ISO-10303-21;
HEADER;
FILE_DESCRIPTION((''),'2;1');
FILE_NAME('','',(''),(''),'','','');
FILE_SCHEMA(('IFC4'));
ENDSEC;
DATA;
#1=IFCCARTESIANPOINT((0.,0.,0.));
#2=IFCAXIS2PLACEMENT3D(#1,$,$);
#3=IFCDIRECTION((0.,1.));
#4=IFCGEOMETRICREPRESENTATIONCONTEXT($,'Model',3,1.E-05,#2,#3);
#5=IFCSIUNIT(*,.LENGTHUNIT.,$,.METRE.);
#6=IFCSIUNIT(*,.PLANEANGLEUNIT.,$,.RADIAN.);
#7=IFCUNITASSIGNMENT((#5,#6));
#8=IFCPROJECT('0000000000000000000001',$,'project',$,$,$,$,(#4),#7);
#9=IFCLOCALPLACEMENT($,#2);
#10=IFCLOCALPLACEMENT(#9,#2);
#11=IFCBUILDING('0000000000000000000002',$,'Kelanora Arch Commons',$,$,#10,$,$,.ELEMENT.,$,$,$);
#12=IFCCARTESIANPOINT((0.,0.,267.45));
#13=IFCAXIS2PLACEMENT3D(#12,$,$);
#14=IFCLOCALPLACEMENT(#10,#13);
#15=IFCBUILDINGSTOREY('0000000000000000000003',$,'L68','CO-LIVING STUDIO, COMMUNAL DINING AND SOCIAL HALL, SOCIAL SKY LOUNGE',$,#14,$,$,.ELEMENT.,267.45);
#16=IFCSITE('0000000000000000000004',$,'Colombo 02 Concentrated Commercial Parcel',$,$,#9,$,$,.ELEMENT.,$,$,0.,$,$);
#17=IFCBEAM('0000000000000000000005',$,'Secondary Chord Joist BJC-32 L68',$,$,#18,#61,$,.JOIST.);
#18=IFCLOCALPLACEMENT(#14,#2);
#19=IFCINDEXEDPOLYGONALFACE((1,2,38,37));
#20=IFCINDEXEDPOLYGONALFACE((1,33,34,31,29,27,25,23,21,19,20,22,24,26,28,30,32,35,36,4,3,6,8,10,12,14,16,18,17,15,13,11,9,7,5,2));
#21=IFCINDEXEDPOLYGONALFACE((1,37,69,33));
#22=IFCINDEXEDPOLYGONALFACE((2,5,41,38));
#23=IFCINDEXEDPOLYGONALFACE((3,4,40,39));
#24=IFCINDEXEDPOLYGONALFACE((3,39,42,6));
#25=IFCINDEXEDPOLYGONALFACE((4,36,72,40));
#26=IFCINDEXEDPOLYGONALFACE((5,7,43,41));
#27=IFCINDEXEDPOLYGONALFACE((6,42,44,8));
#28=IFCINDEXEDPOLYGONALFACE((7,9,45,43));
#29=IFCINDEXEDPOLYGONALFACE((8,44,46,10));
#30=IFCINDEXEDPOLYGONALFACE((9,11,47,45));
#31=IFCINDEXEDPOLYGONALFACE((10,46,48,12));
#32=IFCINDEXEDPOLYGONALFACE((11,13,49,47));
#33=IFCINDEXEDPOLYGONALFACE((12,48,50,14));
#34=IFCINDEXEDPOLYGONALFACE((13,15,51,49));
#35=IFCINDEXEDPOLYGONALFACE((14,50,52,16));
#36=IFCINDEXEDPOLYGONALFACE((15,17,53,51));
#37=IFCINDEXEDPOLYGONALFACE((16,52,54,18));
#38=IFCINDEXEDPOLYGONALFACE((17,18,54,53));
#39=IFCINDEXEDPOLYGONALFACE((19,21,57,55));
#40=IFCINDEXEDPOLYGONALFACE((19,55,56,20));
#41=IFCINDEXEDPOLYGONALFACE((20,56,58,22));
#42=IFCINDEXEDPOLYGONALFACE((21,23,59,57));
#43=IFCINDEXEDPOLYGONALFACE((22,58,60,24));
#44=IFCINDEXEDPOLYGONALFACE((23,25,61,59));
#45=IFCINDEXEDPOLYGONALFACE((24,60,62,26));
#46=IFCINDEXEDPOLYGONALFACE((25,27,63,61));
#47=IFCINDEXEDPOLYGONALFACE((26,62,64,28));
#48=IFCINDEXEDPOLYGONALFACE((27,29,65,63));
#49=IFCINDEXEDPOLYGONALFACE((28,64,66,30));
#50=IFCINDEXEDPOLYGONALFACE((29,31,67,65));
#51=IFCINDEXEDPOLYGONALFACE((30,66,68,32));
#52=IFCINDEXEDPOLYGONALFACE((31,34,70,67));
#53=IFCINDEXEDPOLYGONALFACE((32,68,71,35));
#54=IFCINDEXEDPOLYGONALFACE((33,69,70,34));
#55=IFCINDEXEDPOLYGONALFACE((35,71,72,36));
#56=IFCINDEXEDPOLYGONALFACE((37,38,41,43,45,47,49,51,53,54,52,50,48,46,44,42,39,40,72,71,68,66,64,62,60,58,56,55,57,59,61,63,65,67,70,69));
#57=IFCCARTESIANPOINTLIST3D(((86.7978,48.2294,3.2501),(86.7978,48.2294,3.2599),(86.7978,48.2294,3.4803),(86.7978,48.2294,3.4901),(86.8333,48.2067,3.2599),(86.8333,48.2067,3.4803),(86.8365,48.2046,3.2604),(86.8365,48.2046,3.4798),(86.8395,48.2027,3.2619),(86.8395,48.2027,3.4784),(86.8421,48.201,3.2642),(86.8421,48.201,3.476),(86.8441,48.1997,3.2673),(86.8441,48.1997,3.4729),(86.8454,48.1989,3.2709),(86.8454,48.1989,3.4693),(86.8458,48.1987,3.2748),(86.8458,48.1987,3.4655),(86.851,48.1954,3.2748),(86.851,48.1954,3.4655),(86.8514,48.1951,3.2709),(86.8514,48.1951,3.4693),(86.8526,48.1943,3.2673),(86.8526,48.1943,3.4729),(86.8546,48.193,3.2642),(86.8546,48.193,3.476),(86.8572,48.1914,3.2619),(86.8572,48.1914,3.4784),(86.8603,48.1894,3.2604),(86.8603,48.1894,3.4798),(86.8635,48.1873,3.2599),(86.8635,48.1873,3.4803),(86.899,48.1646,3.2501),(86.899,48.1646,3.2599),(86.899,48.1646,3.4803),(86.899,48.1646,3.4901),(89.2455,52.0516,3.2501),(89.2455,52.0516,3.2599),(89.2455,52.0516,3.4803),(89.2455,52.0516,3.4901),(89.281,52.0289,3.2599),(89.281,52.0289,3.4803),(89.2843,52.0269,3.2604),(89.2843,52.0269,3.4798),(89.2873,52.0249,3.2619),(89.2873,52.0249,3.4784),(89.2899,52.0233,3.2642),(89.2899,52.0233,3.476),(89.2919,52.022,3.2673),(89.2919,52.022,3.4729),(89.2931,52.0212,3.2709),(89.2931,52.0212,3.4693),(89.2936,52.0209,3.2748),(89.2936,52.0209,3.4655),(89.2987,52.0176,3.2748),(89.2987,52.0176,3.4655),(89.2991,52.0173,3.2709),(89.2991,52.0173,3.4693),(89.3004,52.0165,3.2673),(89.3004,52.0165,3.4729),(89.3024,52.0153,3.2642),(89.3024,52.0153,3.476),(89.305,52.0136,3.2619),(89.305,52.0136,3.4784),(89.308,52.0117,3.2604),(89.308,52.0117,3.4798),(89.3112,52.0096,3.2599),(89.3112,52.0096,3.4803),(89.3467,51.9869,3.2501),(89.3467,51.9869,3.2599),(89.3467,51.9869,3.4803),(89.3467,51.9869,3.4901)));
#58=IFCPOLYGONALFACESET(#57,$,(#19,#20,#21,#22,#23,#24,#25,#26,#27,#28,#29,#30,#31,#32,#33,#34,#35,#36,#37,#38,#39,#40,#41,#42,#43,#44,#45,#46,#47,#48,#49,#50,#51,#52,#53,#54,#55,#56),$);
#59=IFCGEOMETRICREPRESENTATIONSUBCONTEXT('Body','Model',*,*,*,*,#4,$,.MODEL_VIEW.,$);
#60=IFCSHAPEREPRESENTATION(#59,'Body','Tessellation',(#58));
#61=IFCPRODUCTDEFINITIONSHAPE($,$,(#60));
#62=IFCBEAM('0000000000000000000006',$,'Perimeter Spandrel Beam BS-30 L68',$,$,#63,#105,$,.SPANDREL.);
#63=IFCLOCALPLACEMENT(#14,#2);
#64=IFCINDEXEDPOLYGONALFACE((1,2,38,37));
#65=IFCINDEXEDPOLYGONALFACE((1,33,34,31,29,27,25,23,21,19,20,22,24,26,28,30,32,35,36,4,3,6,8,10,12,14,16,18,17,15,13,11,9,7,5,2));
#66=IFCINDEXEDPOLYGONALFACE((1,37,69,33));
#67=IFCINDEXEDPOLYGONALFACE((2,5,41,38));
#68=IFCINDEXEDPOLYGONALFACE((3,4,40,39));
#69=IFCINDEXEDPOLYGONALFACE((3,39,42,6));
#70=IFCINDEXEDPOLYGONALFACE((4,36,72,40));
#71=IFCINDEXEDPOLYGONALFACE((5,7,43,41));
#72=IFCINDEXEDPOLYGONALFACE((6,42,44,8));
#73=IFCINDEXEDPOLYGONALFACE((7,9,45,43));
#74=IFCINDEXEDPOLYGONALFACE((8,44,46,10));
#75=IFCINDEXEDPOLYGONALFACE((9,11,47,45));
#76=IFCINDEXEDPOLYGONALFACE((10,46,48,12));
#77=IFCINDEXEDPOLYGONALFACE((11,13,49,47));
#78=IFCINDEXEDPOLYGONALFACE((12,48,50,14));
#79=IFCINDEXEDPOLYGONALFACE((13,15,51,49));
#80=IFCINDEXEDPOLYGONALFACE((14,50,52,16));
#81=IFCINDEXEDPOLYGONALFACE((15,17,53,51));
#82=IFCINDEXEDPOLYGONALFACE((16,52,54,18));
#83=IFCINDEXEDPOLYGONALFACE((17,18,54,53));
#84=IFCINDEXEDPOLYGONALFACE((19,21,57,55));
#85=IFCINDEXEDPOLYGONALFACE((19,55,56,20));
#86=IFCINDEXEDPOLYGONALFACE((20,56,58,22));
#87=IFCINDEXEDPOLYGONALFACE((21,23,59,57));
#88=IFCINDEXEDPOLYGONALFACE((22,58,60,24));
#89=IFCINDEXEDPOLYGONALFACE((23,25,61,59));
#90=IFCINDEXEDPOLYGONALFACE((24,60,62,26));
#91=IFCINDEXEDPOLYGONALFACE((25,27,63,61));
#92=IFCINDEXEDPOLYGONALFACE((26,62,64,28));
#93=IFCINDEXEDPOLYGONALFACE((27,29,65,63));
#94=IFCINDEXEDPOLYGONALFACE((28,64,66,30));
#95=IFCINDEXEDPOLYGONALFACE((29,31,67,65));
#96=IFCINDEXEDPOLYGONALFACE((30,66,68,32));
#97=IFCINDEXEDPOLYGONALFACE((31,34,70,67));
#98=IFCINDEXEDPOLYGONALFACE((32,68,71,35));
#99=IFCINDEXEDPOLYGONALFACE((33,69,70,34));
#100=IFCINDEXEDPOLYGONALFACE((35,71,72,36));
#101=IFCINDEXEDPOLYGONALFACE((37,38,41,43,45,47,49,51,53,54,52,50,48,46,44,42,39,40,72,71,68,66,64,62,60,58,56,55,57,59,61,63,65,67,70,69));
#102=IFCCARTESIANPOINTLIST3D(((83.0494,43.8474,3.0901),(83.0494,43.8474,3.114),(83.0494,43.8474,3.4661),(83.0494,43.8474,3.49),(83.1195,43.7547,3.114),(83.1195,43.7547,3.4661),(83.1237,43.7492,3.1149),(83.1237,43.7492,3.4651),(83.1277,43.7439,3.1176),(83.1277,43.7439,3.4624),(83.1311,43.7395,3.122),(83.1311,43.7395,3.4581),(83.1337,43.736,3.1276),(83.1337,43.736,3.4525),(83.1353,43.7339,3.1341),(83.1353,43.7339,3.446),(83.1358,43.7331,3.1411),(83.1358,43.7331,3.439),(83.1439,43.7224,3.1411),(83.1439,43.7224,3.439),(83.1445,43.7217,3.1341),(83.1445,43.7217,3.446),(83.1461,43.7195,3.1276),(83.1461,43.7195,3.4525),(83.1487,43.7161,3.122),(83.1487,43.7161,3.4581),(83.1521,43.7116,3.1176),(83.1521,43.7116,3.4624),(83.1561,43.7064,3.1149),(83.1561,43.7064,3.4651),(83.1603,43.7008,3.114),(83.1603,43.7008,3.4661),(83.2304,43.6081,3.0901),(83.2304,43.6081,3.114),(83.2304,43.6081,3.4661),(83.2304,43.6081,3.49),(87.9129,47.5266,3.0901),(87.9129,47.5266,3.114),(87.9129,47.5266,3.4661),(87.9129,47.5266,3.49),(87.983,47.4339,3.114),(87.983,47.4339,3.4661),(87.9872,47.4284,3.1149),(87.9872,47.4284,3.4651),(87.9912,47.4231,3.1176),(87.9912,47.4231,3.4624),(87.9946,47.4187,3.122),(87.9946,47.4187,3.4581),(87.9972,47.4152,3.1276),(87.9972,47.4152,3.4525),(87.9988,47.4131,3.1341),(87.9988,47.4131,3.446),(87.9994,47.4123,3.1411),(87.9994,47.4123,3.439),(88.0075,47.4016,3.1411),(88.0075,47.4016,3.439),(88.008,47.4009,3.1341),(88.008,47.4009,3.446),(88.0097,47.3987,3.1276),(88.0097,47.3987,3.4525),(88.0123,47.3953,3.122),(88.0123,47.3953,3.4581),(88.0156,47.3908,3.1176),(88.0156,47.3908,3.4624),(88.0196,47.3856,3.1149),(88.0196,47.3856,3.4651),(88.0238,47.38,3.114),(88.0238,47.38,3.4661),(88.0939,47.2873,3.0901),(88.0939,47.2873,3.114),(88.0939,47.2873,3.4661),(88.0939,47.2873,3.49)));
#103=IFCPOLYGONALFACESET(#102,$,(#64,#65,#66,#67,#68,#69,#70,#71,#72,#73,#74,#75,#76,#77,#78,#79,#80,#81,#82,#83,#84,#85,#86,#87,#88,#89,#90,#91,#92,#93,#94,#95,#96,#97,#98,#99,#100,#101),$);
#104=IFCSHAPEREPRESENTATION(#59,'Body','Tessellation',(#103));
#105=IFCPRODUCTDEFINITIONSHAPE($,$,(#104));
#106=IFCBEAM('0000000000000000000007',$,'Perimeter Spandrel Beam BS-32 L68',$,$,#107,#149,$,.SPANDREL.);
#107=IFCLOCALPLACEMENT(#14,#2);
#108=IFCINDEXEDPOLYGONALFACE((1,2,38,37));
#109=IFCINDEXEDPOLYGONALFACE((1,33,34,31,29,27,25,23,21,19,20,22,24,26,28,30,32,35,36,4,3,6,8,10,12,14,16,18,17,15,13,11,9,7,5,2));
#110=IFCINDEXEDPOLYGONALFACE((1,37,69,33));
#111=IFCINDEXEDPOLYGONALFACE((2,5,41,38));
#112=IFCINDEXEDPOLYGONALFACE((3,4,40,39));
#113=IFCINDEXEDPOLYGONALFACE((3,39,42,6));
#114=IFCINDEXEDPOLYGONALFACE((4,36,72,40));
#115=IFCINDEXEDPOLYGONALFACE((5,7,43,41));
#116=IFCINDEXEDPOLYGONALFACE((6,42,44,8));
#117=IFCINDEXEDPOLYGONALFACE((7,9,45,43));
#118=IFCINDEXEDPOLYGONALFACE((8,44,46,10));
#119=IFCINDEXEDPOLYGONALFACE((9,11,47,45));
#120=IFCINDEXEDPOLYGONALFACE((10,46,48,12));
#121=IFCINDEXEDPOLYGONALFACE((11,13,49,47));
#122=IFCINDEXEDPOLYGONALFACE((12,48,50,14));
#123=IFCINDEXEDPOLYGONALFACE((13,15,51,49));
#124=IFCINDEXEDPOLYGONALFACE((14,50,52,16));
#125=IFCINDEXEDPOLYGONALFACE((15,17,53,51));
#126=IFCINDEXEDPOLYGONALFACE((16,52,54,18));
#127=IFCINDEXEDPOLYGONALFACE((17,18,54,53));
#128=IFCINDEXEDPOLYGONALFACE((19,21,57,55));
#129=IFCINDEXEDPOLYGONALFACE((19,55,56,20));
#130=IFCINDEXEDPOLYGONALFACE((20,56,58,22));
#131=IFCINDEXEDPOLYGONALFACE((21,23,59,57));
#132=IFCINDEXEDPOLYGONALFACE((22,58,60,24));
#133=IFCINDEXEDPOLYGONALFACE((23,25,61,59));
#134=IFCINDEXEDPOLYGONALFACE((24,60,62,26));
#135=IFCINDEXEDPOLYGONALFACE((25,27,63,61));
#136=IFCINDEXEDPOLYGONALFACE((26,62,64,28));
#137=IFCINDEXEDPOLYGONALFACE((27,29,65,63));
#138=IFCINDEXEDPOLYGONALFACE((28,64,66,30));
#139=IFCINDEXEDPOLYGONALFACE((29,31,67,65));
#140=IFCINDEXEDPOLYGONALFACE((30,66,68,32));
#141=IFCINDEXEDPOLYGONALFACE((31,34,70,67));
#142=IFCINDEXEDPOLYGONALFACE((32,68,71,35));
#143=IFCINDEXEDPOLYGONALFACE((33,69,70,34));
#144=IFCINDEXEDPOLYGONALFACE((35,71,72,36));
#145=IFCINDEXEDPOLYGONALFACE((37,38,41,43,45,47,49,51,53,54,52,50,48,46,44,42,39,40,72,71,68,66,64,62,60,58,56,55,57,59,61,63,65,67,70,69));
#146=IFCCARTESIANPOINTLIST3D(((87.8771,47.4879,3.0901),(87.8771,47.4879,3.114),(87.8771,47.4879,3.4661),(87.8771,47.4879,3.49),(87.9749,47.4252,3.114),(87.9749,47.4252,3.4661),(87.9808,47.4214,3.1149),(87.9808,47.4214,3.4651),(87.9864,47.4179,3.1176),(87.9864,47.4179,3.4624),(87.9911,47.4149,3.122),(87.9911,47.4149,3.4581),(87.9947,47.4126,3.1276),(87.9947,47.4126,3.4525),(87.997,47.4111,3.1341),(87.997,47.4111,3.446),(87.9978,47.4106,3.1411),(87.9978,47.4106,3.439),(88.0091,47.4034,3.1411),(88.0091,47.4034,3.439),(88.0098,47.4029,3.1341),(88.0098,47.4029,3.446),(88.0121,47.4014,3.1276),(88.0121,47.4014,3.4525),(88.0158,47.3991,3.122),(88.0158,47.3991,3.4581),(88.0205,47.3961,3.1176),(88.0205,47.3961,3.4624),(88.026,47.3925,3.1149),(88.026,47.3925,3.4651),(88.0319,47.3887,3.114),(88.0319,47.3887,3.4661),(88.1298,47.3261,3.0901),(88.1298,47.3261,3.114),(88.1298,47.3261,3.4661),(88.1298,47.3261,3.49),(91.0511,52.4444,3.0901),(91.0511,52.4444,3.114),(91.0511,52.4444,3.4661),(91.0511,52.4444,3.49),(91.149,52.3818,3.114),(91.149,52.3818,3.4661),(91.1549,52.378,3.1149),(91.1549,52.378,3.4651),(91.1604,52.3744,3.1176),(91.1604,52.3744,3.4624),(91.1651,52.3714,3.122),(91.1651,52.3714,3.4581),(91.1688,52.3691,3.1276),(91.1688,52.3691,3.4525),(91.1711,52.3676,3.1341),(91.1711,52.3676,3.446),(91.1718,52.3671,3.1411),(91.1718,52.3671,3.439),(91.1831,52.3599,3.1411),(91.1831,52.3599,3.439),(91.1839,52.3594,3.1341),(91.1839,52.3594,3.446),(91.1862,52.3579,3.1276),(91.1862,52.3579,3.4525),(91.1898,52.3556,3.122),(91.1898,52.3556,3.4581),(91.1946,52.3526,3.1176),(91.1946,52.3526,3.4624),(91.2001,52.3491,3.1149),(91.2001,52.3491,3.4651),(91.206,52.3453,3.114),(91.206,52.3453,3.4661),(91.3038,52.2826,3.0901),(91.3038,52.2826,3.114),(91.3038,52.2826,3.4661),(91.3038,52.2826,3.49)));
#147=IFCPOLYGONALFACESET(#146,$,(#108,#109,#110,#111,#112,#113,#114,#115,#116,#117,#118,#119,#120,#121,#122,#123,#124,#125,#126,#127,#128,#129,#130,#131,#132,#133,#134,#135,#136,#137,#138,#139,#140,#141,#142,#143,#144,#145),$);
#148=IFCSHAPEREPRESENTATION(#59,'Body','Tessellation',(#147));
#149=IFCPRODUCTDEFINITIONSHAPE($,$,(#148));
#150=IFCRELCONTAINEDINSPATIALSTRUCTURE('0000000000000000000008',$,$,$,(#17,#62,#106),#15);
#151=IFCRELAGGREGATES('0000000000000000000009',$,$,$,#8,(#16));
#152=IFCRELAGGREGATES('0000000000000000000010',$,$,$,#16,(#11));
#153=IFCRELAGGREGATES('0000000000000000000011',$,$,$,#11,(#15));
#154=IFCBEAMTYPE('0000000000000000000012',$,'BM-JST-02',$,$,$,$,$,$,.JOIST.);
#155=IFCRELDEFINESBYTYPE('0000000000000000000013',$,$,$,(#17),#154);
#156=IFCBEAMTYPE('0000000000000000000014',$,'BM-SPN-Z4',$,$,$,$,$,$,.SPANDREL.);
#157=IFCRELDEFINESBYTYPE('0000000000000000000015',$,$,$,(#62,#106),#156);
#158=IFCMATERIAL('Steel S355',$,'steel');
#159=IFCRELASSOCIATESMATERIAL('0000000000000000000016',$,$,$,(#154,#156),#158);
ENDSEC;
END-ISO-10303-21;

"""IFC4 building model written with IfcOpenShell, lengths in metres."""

from ifc_helpers import new_model, si_unit, direction, frame, origin, origin_2d, place, context, subcontext, project, spatial, i_section, extrude, material, material_profile, profile_set, type_object, element, save


model = new_model("IFC4")

# Units and contexts
model_context = context("Model", 3, precision=1e-05, world=origin(), true_north=direction((0.0, 1.0)))
body_context = subcontext(model_context, "Body", "Model", "MODEL_VIEW")
ifc_project = project(units=[si_unit("LENGTHUNIT", "METRE"), si_unit("PLANEANGLEUNIT", "RADIAN")], contexts=[model_context])

# Site, building, storey
site_placement = place(None, origin())
site = spatial("IfcSite", under=ifc_project, at=site_placement, Name="Colombo 02 Concentrated Commercial Parcel", CompositionType="ELEMENT", RefElevation=0.0)
building_placement = place(site_placement, origin())
building = spatial("IfcBuilding", under=site, at=building_placement, Name="Kelanora Arch Commons", CompositionType="ELEMENT")
storey_placement = place(building_placement, frame((0.0, 0.0, 267.45)))
storey = spatial("IfcBuildingStorey", under=building, at=storey_placement, Name="L68", Description="CO-LIVING STUDIO, COMMUNAL DINING AND SOCIAL HALL, SOCIAL SKY LOUNGE", CompositionType="ELEMENT", Elevation=267.45)

# Beams
ifc_material_1 = material(Name="Steel S355", Category="steel")
ifc_material_profile_1 = material_profile(ifc_material_1, i_section(OverallWidth=0.1201, OverallDepth=0.24, WebThickness=0.0061, FlangeThickness=0.0098, FilletRadius=0.0149, at=origin_2d()), Name="IPE240")
ifc_profile_set_1 = profile_set([ifc_material_profile_1], Name="Steel S355")
beam_type_1 = type_object("IfcBeamType", Name="BM-JST-02", PredefinedType="JOIST", material=ifc_profile_set_1)
beam_1_placement = place(storey_placement, frame((86.8484, 48.197, 3.3701), z_axis=(0.539289, 0.842121, 0.0), x_axis=(-0.842121, 0.539289, 0.0)))
element("IfcBeam", 1, at=beam_1_placement, inside=storey, type_object=beam_type_1, Name="Secondary Chord Joist BJC-32 L68", PredefinedType="JOIST", context=body_context, shape_type="SweptSolid", body=[
    extrude(i_section(OverallWidth=0.1201, OverallDepth=0.24, WebThickness=0.0061, FlangeThickness=0.0098, FilletRadius=0.0149, at=origin_2d()), origin(), (0.0, 0.0, 1.0), 4.5388),
])
ifc_material_profile_2 = material_profile(ifc_material_1, i_section(OverallWidth=0.3, OverallDepth=0.3999, WebThickness=0.0134, FlangeThickness=0.0239, FilletRadius=0.0271, at=origin_2d()), Name="HEB400")
ifc_profile_set_2 = profile_set([ifc_material_profile_2], Name="Steel S355")
beam_type_2 = type_object("IfcBeamType", Name="BM-SPN-Z4", PredefinedType="SPANDREL", material=ifc_profile_set_2)
beam_2_placement = place(storey_placement, frame((83.1399, 43.7278, 3.29), z_axis=(0.797509, 0.603306, 0.0), x_axis=(-0.603306, 0.797509, 0.0)))
element("IfcBeam", 2, at=beam_2_placement, inside=storey, type_object=beam_type_2, Name="Perimeter Spandrel Beam BS-30 L68", PredefinedType="SPANDREL", context=body_context, shape_type="SweptSolid", body=[
    extrude(i_section(OverallWidth=0.3, OverallDepth=0.3999, WebThickness=0.0134, FlangeThickness=0.0239, FilletRadius=0.0271, at=origin_2d()), origin(), (0.0, 0.0, 1.0), 6.0984),
])
beam_3_placement = place(storey_placement, frame((88.0034, 47.407, 3.29), z_axis=(0.539281, 0.842126, 0.0), x_axis=(-0.842126, 0.539281, 0.0)))
element("IfcBeam", 3, at=beam_3_placement, inside=storey, type_object=beam_type_2, Name="Perimeter Spandrel Beam BS-32 L68", PredefinedType="SPANDREL", context=body_context, shape_type="SweptSolid", body=[
    extrude(i_section(OverallWidth=0.3, OverallDepth=0.3999, WebThickness=0.0134, FlangeThickness=0.0239, FilletRadius=0.0271, at=origin_2d()), origin(), (0.0, 0.0, 1.0), 5.8857),
])

save(model, "model.ifc")
